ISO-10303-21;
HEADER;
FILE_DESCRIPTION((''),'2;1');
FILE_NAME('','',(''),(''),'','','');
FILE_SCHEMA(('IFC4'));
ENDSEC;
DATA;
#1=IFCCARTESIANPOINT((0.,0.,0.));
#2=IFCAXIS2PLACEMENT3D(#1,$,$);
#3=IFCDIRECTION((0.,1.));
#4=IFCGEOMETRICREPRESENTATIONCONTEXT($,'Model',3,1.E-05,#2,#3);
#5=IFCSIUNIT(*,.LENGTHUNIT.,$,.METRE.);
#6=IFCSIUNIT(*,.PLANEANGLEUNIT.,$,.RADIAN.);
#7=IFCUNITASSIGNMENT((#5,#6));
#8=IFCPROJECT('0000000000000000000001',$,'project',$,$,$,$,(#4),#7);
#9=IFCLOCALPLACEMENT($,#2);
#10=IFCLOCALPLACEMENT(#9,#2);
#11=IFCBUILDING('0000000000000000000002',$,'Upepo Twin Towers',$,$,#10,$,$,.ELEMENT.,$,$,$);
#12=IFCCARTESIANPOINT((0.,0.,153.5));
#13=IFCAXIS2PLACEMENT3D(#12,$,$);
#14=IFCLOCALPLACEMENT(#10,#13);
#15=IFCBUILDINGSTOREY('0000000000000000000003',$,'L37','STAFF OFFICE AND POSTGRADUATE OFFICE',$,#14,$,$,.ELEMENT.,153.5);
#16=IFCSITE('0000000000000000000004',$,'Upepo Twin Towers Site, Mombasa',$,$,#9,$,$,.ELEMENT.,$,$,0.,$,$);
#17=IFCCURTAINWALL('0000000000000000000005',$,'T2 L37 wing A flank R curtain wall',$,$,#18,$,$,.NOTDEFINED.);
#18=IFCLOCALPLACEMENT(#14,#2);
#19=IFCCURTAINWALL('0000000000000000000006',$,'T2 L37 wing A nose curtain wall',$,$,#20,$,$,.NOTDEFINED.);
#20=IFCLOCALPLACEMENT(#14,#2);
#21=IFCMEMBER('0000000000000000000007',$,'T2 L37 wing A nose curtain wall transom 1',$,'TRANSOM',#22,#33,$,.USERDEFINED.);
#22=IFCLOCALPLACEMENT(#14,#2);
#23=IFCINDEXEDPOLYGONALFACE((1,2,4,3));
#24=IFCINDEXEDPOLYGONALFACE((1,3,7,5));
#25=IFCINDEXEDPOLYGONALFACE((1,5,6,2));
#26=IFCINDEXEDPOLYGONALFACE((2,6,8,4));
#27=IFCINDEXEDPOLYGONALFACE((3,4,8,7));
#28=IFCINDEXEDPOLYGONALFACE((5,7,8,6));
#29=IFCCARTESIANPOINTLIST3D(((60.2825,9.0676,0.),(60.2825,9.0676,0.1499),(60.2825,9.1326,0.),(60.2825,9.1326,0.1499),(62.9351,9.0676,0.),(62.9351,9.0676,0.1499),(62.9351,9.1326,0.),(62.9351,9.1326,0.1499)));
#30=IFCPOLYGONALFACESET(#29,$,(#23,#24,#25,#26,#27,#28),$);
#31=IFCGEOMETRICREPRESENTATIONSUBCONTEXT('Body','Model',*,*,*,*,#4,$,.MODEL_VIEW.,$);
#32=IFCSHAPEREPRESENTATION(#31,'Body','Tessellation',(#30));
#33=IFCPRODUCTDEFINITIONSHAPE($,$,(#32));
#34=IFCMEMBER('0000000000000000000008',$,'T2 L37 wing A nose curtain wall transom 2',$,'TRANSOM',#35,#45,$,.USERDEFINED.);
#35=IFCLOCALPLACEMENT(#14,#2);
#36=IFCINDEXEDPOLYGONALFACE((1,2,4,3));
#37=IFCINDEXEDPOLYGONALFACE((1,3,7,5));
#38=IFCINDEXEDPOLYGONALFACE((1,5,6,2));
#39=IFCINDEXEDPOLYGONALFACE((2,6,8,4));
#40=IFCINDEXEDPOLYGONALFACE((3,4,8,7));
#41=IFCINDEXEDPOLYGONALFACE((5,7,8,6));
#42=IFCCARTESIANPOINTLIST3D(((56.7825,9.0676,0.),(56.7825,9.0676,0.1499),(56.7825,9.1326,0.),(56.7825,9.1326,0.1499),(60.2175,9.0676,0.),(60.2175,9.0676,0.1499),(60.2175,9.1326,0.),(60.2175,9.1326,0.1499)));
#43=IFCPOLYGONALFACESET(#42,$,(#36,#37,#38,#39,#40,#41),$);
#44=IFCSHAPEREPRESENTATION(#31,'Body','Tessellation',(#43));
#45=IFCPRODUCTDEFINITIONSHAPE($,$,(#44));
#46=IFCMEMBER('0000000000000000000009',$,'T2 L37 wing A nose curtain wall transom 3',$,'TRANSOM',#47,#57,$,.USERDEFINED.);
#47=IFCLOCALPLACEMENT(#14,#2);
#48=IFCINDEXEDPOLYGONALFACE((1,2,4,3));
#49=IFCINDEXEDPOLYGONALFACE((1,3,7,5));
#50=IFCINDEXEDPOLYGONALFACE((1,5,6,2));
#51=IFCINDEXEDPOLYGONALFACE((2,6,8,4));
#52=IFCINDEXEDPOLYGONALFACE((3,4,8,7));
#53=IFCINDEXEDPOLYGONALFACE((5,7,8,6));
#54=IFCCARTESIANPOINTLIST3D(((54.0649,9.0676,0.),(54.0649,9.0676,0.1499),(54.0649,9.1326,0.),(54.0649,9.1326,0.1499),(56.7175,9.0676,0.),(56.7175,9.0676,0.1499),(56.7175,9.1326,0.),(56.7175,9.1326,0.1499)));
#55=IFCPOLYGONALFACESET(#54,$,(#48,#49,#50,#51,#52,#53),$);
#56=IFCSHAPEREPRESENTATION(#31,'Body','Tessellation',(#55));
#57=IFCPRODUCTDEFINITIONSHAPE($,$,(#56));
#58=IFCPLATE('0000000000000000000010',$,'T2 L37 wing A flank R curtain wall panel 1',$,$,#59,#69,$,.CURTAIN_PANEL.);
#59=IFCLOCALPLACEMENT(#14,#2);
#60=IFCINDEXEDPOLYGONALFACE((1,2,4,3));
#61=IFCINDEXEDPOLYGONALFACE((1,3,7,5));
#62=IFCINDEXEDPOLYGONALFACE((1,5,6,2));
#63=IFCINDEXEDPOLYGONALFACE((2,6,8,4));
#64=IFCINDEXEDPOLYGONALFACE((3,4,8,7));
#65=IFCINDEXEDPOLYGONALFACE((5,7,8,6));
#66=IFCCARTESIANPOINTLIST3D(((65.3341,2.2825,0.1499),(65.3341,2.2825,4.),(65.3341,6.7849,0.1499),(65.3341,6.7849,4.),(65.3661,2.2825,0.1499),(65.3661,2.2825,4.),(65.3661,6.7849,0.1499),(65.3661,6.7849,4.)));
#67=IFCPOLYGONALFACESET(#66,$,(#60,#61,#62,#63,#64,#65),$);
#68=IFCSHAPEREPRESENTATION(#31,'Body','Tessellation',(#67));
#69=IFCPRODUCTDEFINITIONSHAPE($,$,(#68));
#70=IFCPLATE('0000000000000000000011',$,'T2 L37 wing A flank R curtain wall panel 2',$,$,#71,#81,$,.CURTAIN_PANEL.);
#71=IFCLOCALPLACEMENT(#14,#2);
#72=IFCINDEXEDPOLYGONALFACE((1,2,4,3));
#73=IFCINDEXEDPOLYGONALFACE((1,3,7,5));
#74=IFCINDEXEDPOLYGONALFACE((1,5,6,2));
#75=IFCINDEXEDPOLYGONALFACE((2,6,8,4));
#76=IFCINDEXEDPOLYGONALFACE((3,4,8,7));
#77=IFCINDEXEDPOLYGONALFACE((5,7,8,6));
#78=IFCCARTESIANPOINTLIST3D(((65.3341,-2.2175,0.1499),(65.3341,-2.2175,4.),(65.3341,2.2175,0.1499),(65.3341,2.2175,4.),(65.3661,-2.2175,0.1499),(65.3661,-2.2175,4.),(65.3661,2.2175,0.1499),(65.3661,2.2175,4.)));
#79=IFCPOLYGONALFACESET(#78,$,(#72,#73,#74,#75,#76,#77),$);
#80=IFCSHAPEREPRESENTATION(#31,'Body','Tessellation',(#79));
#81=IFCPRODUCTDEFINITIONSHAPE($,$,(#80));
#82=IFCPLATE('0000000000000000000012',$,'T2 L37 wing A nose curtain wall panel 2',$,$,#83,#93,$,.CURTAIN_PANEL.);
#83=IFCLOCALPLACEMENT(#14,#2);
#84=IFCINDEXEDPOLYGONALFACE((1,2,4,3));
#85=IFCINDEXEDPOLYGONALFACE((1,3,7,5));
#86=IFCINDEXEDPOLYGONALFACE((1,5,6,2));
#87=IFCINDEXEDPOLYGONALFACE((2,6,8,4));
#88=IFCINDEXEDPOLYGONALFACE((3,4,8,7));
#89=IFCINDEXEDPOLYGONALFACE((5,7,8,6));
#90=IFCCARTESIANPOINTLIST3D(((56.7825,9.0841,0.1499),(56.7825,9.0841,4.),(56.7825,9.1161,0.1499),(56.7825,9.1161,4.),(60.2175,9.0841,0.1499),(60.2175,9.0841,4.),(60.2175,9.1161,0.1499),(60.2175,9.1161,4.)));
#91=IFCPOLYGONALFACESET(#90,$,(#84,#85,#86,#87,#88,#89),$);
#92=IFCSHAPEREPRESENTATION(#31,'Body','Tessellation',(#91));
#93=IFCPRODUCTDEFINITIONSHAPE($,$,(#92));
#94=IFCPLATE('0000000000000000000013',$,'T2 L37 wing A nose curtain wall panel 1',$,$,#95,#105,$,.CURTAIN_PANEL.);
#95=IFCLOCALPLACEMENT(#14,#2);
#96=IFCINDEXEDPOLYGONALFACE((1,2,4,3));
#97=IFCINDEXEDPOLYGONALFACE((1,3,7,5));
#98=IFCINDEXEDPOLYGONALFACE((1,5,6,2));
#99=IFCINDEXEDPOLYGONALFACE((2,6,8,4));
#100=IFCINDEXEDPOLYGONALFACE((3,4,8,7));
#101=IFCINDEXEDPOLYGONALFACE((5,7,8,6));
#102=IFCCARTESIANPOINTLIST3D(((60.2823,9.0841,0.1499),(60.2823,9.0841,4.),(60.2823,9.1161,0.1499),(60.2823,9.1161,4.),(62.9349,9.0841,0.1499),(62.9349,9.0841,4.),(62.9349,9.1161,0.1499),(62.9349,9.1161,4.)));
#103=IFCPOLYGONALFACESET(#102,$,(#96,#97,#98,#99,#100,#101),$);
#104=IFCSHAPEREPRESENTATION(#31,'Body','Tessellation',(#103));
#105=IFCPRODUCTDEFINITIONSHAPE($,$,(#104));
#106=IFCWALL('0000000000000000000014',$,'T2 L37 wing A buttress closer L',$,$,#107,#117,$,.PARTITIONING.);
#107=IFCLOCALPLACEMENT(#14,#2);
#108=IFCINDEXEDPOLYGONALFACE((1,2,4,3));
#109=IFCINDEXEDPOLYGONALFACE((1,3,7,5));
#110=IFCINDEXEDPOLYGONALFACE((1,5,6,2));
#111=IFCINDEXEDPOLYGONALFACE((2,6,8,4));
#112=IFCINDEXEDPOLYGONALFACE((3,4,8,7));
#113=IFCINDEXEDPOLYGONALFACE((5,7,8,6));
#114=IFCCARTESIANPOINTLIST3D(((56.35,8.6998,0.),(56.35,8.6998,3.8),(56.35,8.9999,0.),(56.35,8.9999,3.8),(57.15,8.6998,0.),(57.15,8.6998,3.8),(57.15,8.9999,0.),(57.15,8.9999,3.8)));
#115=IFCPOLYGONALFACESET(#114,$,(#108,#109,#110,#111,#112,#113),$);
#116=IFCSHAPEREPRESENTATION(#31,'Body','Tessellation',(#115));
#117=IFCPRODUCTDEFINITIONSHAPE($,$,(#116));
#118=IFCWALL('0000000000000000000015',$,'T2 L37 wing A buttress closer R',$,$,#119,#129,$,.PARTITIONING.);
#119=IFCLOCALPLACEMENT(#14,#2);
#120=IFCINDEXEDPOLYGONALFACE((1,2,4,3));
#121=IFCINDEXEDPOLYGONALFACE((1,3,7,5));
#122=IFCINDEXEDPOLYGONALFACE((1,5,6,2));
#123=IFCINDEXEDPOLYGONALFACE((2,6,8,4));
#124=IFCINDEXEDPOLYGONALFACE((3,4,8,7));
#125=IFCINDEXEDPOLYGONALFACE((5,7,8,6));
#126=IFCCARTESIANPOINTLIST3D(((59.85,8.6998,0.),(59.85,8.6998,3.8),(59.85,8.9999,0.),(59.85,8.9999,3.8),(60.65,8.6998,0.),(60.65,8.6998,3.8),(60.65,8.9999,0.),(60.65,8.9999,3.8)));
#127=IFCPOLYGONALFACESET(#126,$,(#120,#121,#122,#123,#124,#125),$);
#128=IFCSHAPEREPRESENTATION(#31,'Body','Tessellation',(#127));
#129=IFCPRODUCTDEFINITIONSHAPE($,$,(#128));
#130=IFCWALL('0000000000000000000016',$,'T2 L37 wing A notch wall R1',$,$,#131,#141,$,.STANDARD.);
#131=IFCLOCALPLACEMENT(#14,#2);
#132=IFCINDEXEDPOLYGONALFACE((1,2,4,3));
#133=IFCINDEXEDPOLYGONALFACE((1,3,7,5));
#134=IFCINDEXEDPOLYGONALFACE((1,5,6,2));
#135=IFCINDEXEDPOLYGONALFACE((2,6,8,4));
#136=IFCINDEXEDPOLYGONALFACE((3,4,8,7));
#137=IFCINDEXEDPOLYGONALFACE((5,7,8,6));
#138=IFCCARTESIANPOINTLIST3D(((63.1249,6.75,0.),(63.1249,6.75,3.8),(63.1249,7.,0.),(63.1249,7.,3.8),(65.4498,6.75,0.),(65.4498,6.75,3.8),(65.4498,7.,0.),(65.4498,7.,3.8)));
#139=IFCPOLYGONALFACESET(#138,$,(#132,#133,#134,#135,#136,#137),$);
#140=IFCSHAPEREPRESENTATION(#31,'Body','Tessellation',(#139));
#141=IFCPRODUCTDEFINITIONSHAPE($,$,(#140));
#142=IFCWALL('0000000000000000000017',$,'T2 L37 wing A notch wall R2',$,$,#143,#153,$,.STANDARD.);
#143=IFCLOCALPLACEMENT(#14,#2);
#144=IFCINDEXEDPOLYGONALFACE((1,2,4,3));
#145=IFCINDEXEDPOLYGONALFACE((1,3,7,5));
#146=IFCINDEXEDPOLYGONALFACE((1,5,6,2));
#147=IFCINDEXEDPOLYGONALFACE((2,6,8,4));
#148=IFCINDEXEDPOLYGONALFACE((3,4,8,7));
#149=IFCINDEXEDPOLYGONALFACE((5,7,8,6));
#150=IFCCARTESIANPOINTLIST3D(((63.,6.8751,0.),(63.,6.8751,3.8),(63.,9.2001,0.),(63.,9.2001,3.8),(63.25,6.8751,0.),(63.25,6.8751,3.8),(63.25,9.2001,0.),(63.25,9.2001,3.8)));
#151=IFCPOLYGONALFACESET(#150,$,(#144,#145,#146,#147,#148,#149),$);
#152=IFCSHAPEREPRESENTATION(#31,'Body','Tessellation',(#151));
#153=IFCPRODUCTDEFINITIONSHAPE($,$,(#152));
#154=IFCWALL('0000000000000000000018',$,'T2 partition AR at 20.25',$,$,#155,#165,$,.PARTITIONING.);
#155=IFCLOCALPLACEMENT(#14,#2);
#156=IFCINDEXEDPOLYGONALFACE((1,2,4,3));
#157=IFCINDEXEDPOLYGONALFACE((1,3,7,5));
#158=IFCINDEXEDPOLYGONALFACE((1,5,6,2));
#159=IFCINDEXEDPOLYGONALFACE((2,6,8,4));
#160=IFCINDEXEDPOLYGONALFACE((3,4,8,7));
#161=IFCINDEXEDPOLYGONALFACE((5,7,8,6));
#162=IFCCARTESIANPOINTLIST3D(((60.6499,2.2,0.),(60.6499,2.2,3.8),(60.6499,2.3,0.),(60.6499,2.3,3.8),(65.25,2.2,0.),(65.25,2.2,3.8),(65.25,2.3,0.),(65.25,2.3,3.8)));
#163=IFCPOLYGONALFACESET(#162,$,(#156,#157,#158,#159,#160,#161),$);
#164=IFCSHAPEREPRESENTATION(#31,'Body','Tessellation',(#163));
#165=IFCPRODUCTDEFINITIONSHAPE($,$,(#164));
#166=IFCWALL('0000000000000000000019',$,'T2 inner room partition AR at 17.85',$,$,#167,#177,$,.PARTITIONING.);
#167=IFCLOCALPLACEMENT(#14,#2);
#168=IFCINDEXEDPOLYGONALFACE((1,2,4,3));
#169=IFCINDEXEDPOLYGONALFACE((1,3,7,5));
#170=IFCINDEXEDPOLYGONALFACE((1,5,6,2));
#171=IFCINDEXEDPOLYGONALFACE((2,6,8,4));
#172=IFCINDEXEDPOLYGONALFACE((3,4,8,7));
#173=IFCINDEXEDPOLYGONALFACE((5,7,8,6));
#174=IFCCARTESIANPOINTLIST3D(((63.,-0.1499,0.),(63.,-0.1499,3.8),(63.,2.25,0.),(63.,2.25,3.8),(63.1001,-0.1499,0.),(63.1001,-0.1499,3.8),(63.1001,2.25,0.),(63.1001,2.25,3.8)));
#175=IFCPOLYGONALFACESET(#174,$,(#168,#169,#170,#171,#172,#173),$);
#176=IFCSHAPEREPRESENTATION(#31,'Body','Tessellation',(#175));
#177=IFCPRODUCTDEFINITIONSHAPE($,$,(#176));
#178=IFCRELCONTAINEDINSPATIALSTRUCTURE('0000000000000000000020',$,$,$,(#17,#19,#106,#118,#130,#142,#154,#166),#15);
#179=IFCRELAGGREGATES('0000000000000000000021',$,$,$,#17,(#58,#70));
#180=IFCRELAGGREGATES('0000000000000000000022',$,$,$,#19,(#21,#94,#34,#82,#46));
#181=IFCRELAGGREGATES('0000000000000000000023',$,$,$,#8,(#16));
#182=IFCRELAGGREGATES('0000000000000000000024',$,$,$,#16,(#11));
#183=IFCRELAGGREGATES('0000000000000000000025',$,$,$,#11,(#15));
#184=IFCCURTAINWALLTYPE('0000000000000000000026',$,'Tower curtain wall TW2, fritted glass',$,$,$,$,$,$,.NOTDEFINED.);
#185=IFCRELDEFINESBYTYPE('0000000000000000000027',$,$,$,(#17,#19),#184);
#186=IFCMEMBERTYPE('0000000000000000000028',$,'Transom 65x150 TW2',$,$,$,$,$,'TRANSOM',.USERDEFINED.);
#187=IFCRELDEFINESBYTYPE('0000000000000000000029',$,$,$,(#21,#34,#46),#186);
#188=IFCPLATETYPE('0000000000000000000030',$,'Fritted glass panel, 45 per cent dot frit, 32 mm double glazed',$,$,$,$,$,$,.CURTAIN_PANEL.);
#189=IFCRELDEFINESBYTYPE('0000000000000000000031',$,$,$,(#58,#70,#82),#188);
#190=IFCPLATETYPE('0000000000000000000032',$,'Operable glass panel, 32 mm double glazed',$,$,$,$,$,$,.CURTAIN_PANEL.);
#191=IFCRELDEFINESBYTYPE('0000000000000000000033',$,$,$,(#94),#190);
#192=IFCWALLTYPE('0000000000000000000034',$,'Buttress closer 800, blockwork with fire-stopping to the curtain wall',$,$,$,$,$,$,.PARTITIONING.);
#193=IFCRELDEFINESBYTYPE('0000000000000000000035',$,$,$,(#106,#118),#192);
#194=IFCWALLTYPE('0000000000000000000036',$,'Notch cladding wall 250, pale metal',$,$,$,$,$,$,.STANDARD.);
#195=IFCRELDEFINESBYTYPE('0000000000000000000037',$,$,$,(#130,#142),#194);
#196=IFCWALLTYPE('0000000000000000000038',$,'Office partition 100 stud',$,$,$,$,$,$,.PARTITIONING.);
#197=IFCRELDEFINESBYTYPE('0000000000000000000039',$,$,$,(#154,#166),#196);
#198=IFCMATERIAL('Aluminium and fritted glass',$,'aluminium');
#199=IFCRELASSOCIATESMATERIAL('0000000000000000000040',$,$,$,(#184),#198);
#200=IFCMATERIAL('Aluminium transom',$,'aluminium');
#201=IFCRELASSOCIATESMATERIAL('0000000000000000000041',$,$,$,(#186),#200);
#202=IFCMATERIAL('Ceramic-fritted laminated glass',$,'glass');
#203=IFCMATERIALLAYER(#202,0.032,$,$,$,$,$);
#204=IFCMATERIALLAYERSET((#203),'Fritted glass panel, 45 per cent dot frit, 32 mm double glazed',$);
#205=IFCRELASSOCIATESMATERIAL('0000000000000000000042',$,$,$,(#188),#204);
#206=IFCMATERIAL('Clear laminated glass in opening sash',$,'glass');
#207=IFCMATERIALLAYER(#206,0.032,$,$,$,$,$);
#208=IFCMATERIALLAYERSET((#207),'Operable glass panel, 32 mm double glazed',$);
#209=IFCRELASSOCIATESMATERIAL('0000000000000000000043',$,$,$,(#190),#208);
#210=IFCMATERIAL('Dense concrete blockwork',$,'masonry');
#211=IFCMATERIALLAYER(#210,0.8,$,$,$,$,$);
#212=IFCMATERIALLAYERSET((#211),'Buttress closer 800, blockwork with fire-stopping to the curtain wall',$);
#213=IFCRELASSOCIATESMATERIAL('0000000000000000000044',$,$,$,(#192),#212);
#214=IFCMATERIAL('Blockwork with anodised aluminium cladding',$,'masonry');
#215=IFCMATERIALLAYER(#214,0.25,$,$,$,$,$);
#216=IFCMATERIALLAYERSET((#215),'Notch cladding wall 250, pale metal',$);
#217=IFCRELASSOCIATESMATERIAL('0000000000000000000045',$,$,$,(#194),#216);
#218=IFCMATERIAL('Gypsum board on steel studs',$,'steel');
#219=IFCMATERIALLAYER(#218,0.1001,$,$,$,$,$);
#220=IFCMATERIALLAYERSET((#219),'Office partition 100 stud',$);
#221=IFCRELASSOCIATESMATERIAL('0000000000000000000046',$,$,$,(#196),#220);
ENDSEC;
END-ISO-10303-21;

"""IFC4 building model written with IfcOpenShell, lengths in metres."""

from ifc_helpers import new_model, si_unit, direction, frame, frame_2d, origin, origin_2d, place, context, subcontext, project, spatial, rectangle, extrude, material, layer, layer_set, material_profile, profile_set, type_object, element, aggregate, save


model = new_model("IFC4")

# Units and contexts
model_context = context("Model", 3, precision=1e-05, world=origin(), true_north=direction((0.0, 1.0)))
body_context = subcontext(model_context, "Body", "Model", "MODEL_VIEW")
ifc_project = project(units=[si_unit("LENGTHUNIT", "METRE"), si_unit("PLANEANGLEUNIT", "RADIAN")], contexts=[model_context])

# Site, building, storey
site_placement = place(None, origin())
site = spatial("IfcSite", under=ifc_project, at=site_placement, Name="Upepo Twin Towers Site, Mombasa", CompositionType="ELEMENT", RefElevation=0.0)
building_placement = place(site_placement, origin())
building = spatial("IfcBuilding", under=site, at=building_placement, Name="Upepo Twin Towers", CompositionType="ELEMENT")
storey_placement = place(building_placement, frame((0.0, 0.0, 153.5)))
storey = spatial("IfcBuildingStorey", under=building, at=storey_placement, Name="L37", Description="STAFF OFFICE AND POSTGRADUATE OFFICE", CompositionType="ELEMENT", Elevation=153.5)

# Curtain walls
ifc_material_1 = material(Name="Aluminium and fritted glass", Category="aluminium")
curtain_wall_type = type_object("IfcCurtainWallType", Name="Tower curtain wall TW2, fritted glass", PredefinedType="NOTDEFINED", material=ifc_material_1)
curtain_wall_1_placement = place(storey_placement, origin())
curtain_wall_1 = element("IfcCurtainWall", 1, at=curtain_wall_1_placement, inside=storey, type_object=curtain_wall_type, Name="T2 L37 wing A flank R curtain wall", PredefinedType="NOTDEFINED")
curtain_wall_2_placement = place(storey_placement, origin())
curtain_wall_2 = element("IfcCurtainWall", 2, at=curtain_wall_2_placement, inside=storey, type_object=curtain_wall_type, Name="T2 L37 wing A nose curtain wall", PredefinedType="NOTDEFINED")

# Members
ifc_material_2 = material(Name="Aluminium transom", Category="aluminium")
ifc_material_profile_1 = material_profile(ifc_material_2, rectangle(XDim=0.0649, YDim=0.1499, at=origin_2d()), Name="TRANSOM 65x150")
ifc_profile_set_1 = profile_set([ifc_material_profile_1], Name="Aluminium transom")
member_type_1 = type_object("IfcMemberType", Name="Transom 65x150 TW2", ElementType="TRANSOM", PredefinedType="USERDEFINED", material=ifc_profile_set_1)
member_1_placement = place(storey_placement, frame((62.9351, 9.1001, 0.075), z_axis=(-1.0, 0.0, 0.0), x_axis=(0.0, -1.0, 0.0)))
member_1 = element("IfcMember", 3, at=member_1_placement, type_object=member_type_1, Name="T2 L37 wing A nose curtain wall transom 1", ObjectType="TRANSOM", PredefinedType="USERDEFINED", context=body_context, shape_type="SweptSolid", body=[
    extrude(rectangle(XDim=0.0649, YDim=0.1499, at=origin_2d()), origin(), (0.0, 0.0, 1.0), 2.6526),
])
member_2_placement = place(storey_placement, frame((60.2175, 9.1001, 0.075), z_axis=(-1.0, 0.0, 0.0), x_axis=(0.0, -1.0, 0.0)))
member_2 = element("IfcMember", 4, at=member_2_placement, type_object=member_type_1, Name="T2 L37 wing A nose curtain wall transom 2", ObjectType="TRANSOM", PredefinedType="USERDEFINED", context=body_context, shape_type="SweptSolid", body=[
    extrude(rectangle(XDim=0.0649, YDim=0.1499, at=origin_2d()), origin(), (0.0, 0.0, 1.0), 3.4351),
])
member_3_placement = place(storey_placement, frame((56.7175, 9.1001, 0.075), z_axis=(-1.0, 0.0, 0.0), x_axis=(0.0, -1.0, 0.0)))
member_3 = element("IfcMember", 5, at=member_3_placement, type_object=member_type_1, Name="T2 L37 wing A nose curtain wall transom 3", ObjectType="TRANSOM", PredefinedType="USERDEFINED", context=body_context, shape_type="SweptSolid", body=[
    extrude(rectangle(XDim=0.0649, YDim=0.1499, at=origin_2d()), origin(), (0.0, 0.0, 1.0), 2.6526),
])

# Plates
ifc_material_3 = material(Name="Ceramic-fritted laminated glass", Category="glass")
ifc_layer_1 = layer(ifc_material_3, 0.032)
ifc_layer_set_1 = layer_set([ifc_layer_1], Name="Fritted glass panel, 45 per cent dot frit, 32 mm double glazed")
plate_type_1 = type_object("IfcPlateType", Name="Fritted glass panel, 45 per cent dot frit, 32 mm double glazed", PredefinedType="CURTAIN_PANEL", material=ifc_layer_set_1)
plate_1_placement = place(storey_placement, frame((65.3501, 4.5337, 0.1499), z_axis=(0.0, 0.0, 1.0), x_axis=(0.0, -1.0, 0.0)))
plate_1 = element("IfcPlate", 6, at=plate_1_placement, type_object=plate_type_1, Name="T2 L37 wing A flank R curtain wall panel 1", PredefinedType="CURTAIN_PANEL", context=body_context, shape_type="SweptSolid", body=[
    extrude(rectangle(XDim=4.5024, YDim=0.032, at=origin_2d()), origin(), (0.0, 0.0, 1.0), 3.8501),
])
plate_2_placement = place(storey_placement, frame((65.3501, 0.0, 0.1499), z_axis=(0.0, 0.0, 1.0), x_axis=(0.0, -1.0, 0.0)))
plate_2 = element("IfcPlate", 7, at=plate_2_placement, type_object=plate_type_1, Name="T2 L37 wing A flank R curtain wall panel 2", PredefinedType="CURTAIN_PANEL", context=body_context, shape_type="SweptSolid", body=[
    extrude(rectangle(XDim=4.4351, YDim=0.032, at=origin_2d()), origin(), (0.0, 0.0, 1.0), 3.8501),
])
aggregate(curtain_wall_1, [plate_1, plate_2])
plate_3_placement = place(storey_placement, frame((58.5, 9.1001, 0.1499), z_axis=(0.0, 0.0, 1.0), x_axis=(-1.0, 0.0, 0.0)))
plate_3 = element("IfcPlate", 8, at=plate_3_placement, type_object=plate_type_1, Name="T2 L37 wing A nose curtain wall panel 2", PredefinedType="CURTAIN_PANEL", context=body_context, shape_type="SweptSolid", body=[
    extrude(rectangle(XDim=3.4351, YDim=0.032, at=origin_2d()), origin(), (0.0, 0.0, 1.0), 3.8501),
])
ifc_material_4 = material(Name="Clear laminated glass in opening sash", Category="glass")
ifc_layer_2 = layer(ifc_material_4, 0.032)
ifc_layer_set_2 = layer_set([ifc_layer_2], Name="Operable glass panel, 32 mm double glazed")
plate_type_2 = type_object("IfcPlateType", Name="Operable glass panel, 32 mm double glazed", PredefinedType="CURTAIN_PANEL", material=ifc_layer_set_2)
plate_4_placement = place(storey_placement, frame((61.6086, 9.1001, 0.1499), z_axis=(0.0, 0.0, 1.0), x_axis=(-1.0, 0.0, 0.0)))
plate_4 = element("IfcPlate", 9, at=plate_4_placement, type_object=plate_type_2, Name="T2 L37 wing A nose curtain wall panel 1", PredefinedType="CURTAIN_PANEL", context=body_context, shape_type="SweptSolid", body=[
    extrude(rectangle(XDim=2.6526, YDim=0.032, at=origin_2d()), origin(), (0.0, 0.0, 1.0), 3.8501),
])
aggregate(curtain_wall_2, [member_1, plate_4, member_2, plate_3, member_3])

# Walls
ifc_material_5 = material(Name="Dense concrete blockwork", Category="masonry")
ifc_layer_3 = layer(ifc_material_5, 0.8)
ifc_layer_set_3 = layer_set([ifc_layer_3], Name="Buttress closer 800, blockwork with fire-stopping to the curtain wall")
wall_type_1 = type_object("IfcWallType", Name="Buttress closer 800, blockwork with fire-stopping to the curtain wall", PredefinedType="PARTITIONING", material=ifc_layer_set_3)
for number, where, z_axis, x_axis, name in (
    (10, (56.75, 8.7, 0.0), (0.0, 0.0, 1.0), (0.0, 1.0, 0.0), "T2 L37 wing A buttress closer L"),
    (11, (60.25, 8.7, 0.0), (0.0, 0.0, 1.0), (0.0, 1.0, 0.0), "T2 L37 wing A buttress closer R"),
):
    element("IfcWall", number, at=place(storey_placement, frame(where, z_axis=z_axis, x_axis=x_axis)), inside=storey, type_object=wall_type_1, Name=name, PredefinedType="PARTITIONING", context=body_context, shape_type="SweptSolid", body=[
        extrude(rectangle(XDim=0.3, YDim=0.8, at=frame_2d((0.1499, 0.0))), origin(), (0.0, 0.0, 1.0), 3.8),
    ])
ifc_material_6 = material(Name="Blockwork with anodised aluminium cladding", Category="masonry")
ifc_layer_4 = layer(ifc_material_6, 0.25)
ifc_layer_set_4 = layer_set([ifc_layer_4], Name="Notch cladding wall 250, pale metal")
wall_type_2 = type_object("IfcWallType", Name="Notch cladding wall 250, pale metal", PredefinedType="STANDARD", material=ifc_layer_set_4)
for number, where, z_axis, x_axis, name in (
    (12, (65.45, 6.875, 0.0), (0.0, 0.0, 1.0), (-1.0, 0.0, 0.0), "T2 L37 wing A notch wall R1"),
    (13, (63.125, 6.875, 0.0), (0.0, 0.0, 1.0), (0.0, 1.0, 0.0), "T2 L37 wing A notch wall R2"),
):
    element("IfcWall", number, at=place(storey_placement, frame(where, z_axis=z_axis, x_axis=x_axis)), inside=storey, type_object=wall_type_2, Name=name, PredefinedType="STANDARD", context=body_context, shape_type="SweptSolid", body=[
        extrude(rectangle(XDim=2.325, YDim=0.25, at=frame_2d((1.1626, 0.0))), origin(), (0.0, 0.0, 1.0), 3.8),
    ])
ifc_material_7 = material(Name="Gypsum board on steel studs", Category="steel")
ifc_layer_5 = layer(ifc_material_7, 0.1001)
ifc_layer_set_5 = layer_set([ifc_layer_5], Name="Office partition 100 stud")
wall_type_3 = type_object("IfcWallType", Name="Office partition 100 stud", PredefinedType="PARTITIONING", material=ifc_layer_set_5)
wall_1_placement = place(storey_placement, frame((60.6499, 2.25, 0.0), z_axis=(0.0, 0.0, 1.0), x_axis=(1.0, 0.0, 0.0)))
element("IfcWall", 14, at=wall_1_placement, inside=storey, type_object=wall_type_3, Name="T2 partition AR at 20.25", PredefinedType="PARTITIONING", context=body_context, shape_type="SweptSolid", body=[
    extrude(rectangle(XDim=4.6001, YDim=0.1001, at=frame_2d((2.3, 0.0))), origin(), (0.0, 0.0, 1.0), 3.8),
])
wall_2_placement = place(storey_placement, frame((63.05, -0.1499, 0.0), z_axis=(0.0, 0.0, 1.0), x_axis=(0.0, 1.0, 0.0)))
element("IfcWall", 15, at=wall_2_placement, inside=storey, type_object=wall_type_3, Name="T2 inner room partition AR at 17.85", PredefinedType="PARTITIONING", context=body_context, shape_type="SweptSolid", body=[
    extrude(rectangle(XDim=2.3999, YDim=0.1001, at=frame_2d((1.2, 0.0))), origin(), (0.0, 0.0, 1.0), 3.8),
])

save(model, "model.ifc")
